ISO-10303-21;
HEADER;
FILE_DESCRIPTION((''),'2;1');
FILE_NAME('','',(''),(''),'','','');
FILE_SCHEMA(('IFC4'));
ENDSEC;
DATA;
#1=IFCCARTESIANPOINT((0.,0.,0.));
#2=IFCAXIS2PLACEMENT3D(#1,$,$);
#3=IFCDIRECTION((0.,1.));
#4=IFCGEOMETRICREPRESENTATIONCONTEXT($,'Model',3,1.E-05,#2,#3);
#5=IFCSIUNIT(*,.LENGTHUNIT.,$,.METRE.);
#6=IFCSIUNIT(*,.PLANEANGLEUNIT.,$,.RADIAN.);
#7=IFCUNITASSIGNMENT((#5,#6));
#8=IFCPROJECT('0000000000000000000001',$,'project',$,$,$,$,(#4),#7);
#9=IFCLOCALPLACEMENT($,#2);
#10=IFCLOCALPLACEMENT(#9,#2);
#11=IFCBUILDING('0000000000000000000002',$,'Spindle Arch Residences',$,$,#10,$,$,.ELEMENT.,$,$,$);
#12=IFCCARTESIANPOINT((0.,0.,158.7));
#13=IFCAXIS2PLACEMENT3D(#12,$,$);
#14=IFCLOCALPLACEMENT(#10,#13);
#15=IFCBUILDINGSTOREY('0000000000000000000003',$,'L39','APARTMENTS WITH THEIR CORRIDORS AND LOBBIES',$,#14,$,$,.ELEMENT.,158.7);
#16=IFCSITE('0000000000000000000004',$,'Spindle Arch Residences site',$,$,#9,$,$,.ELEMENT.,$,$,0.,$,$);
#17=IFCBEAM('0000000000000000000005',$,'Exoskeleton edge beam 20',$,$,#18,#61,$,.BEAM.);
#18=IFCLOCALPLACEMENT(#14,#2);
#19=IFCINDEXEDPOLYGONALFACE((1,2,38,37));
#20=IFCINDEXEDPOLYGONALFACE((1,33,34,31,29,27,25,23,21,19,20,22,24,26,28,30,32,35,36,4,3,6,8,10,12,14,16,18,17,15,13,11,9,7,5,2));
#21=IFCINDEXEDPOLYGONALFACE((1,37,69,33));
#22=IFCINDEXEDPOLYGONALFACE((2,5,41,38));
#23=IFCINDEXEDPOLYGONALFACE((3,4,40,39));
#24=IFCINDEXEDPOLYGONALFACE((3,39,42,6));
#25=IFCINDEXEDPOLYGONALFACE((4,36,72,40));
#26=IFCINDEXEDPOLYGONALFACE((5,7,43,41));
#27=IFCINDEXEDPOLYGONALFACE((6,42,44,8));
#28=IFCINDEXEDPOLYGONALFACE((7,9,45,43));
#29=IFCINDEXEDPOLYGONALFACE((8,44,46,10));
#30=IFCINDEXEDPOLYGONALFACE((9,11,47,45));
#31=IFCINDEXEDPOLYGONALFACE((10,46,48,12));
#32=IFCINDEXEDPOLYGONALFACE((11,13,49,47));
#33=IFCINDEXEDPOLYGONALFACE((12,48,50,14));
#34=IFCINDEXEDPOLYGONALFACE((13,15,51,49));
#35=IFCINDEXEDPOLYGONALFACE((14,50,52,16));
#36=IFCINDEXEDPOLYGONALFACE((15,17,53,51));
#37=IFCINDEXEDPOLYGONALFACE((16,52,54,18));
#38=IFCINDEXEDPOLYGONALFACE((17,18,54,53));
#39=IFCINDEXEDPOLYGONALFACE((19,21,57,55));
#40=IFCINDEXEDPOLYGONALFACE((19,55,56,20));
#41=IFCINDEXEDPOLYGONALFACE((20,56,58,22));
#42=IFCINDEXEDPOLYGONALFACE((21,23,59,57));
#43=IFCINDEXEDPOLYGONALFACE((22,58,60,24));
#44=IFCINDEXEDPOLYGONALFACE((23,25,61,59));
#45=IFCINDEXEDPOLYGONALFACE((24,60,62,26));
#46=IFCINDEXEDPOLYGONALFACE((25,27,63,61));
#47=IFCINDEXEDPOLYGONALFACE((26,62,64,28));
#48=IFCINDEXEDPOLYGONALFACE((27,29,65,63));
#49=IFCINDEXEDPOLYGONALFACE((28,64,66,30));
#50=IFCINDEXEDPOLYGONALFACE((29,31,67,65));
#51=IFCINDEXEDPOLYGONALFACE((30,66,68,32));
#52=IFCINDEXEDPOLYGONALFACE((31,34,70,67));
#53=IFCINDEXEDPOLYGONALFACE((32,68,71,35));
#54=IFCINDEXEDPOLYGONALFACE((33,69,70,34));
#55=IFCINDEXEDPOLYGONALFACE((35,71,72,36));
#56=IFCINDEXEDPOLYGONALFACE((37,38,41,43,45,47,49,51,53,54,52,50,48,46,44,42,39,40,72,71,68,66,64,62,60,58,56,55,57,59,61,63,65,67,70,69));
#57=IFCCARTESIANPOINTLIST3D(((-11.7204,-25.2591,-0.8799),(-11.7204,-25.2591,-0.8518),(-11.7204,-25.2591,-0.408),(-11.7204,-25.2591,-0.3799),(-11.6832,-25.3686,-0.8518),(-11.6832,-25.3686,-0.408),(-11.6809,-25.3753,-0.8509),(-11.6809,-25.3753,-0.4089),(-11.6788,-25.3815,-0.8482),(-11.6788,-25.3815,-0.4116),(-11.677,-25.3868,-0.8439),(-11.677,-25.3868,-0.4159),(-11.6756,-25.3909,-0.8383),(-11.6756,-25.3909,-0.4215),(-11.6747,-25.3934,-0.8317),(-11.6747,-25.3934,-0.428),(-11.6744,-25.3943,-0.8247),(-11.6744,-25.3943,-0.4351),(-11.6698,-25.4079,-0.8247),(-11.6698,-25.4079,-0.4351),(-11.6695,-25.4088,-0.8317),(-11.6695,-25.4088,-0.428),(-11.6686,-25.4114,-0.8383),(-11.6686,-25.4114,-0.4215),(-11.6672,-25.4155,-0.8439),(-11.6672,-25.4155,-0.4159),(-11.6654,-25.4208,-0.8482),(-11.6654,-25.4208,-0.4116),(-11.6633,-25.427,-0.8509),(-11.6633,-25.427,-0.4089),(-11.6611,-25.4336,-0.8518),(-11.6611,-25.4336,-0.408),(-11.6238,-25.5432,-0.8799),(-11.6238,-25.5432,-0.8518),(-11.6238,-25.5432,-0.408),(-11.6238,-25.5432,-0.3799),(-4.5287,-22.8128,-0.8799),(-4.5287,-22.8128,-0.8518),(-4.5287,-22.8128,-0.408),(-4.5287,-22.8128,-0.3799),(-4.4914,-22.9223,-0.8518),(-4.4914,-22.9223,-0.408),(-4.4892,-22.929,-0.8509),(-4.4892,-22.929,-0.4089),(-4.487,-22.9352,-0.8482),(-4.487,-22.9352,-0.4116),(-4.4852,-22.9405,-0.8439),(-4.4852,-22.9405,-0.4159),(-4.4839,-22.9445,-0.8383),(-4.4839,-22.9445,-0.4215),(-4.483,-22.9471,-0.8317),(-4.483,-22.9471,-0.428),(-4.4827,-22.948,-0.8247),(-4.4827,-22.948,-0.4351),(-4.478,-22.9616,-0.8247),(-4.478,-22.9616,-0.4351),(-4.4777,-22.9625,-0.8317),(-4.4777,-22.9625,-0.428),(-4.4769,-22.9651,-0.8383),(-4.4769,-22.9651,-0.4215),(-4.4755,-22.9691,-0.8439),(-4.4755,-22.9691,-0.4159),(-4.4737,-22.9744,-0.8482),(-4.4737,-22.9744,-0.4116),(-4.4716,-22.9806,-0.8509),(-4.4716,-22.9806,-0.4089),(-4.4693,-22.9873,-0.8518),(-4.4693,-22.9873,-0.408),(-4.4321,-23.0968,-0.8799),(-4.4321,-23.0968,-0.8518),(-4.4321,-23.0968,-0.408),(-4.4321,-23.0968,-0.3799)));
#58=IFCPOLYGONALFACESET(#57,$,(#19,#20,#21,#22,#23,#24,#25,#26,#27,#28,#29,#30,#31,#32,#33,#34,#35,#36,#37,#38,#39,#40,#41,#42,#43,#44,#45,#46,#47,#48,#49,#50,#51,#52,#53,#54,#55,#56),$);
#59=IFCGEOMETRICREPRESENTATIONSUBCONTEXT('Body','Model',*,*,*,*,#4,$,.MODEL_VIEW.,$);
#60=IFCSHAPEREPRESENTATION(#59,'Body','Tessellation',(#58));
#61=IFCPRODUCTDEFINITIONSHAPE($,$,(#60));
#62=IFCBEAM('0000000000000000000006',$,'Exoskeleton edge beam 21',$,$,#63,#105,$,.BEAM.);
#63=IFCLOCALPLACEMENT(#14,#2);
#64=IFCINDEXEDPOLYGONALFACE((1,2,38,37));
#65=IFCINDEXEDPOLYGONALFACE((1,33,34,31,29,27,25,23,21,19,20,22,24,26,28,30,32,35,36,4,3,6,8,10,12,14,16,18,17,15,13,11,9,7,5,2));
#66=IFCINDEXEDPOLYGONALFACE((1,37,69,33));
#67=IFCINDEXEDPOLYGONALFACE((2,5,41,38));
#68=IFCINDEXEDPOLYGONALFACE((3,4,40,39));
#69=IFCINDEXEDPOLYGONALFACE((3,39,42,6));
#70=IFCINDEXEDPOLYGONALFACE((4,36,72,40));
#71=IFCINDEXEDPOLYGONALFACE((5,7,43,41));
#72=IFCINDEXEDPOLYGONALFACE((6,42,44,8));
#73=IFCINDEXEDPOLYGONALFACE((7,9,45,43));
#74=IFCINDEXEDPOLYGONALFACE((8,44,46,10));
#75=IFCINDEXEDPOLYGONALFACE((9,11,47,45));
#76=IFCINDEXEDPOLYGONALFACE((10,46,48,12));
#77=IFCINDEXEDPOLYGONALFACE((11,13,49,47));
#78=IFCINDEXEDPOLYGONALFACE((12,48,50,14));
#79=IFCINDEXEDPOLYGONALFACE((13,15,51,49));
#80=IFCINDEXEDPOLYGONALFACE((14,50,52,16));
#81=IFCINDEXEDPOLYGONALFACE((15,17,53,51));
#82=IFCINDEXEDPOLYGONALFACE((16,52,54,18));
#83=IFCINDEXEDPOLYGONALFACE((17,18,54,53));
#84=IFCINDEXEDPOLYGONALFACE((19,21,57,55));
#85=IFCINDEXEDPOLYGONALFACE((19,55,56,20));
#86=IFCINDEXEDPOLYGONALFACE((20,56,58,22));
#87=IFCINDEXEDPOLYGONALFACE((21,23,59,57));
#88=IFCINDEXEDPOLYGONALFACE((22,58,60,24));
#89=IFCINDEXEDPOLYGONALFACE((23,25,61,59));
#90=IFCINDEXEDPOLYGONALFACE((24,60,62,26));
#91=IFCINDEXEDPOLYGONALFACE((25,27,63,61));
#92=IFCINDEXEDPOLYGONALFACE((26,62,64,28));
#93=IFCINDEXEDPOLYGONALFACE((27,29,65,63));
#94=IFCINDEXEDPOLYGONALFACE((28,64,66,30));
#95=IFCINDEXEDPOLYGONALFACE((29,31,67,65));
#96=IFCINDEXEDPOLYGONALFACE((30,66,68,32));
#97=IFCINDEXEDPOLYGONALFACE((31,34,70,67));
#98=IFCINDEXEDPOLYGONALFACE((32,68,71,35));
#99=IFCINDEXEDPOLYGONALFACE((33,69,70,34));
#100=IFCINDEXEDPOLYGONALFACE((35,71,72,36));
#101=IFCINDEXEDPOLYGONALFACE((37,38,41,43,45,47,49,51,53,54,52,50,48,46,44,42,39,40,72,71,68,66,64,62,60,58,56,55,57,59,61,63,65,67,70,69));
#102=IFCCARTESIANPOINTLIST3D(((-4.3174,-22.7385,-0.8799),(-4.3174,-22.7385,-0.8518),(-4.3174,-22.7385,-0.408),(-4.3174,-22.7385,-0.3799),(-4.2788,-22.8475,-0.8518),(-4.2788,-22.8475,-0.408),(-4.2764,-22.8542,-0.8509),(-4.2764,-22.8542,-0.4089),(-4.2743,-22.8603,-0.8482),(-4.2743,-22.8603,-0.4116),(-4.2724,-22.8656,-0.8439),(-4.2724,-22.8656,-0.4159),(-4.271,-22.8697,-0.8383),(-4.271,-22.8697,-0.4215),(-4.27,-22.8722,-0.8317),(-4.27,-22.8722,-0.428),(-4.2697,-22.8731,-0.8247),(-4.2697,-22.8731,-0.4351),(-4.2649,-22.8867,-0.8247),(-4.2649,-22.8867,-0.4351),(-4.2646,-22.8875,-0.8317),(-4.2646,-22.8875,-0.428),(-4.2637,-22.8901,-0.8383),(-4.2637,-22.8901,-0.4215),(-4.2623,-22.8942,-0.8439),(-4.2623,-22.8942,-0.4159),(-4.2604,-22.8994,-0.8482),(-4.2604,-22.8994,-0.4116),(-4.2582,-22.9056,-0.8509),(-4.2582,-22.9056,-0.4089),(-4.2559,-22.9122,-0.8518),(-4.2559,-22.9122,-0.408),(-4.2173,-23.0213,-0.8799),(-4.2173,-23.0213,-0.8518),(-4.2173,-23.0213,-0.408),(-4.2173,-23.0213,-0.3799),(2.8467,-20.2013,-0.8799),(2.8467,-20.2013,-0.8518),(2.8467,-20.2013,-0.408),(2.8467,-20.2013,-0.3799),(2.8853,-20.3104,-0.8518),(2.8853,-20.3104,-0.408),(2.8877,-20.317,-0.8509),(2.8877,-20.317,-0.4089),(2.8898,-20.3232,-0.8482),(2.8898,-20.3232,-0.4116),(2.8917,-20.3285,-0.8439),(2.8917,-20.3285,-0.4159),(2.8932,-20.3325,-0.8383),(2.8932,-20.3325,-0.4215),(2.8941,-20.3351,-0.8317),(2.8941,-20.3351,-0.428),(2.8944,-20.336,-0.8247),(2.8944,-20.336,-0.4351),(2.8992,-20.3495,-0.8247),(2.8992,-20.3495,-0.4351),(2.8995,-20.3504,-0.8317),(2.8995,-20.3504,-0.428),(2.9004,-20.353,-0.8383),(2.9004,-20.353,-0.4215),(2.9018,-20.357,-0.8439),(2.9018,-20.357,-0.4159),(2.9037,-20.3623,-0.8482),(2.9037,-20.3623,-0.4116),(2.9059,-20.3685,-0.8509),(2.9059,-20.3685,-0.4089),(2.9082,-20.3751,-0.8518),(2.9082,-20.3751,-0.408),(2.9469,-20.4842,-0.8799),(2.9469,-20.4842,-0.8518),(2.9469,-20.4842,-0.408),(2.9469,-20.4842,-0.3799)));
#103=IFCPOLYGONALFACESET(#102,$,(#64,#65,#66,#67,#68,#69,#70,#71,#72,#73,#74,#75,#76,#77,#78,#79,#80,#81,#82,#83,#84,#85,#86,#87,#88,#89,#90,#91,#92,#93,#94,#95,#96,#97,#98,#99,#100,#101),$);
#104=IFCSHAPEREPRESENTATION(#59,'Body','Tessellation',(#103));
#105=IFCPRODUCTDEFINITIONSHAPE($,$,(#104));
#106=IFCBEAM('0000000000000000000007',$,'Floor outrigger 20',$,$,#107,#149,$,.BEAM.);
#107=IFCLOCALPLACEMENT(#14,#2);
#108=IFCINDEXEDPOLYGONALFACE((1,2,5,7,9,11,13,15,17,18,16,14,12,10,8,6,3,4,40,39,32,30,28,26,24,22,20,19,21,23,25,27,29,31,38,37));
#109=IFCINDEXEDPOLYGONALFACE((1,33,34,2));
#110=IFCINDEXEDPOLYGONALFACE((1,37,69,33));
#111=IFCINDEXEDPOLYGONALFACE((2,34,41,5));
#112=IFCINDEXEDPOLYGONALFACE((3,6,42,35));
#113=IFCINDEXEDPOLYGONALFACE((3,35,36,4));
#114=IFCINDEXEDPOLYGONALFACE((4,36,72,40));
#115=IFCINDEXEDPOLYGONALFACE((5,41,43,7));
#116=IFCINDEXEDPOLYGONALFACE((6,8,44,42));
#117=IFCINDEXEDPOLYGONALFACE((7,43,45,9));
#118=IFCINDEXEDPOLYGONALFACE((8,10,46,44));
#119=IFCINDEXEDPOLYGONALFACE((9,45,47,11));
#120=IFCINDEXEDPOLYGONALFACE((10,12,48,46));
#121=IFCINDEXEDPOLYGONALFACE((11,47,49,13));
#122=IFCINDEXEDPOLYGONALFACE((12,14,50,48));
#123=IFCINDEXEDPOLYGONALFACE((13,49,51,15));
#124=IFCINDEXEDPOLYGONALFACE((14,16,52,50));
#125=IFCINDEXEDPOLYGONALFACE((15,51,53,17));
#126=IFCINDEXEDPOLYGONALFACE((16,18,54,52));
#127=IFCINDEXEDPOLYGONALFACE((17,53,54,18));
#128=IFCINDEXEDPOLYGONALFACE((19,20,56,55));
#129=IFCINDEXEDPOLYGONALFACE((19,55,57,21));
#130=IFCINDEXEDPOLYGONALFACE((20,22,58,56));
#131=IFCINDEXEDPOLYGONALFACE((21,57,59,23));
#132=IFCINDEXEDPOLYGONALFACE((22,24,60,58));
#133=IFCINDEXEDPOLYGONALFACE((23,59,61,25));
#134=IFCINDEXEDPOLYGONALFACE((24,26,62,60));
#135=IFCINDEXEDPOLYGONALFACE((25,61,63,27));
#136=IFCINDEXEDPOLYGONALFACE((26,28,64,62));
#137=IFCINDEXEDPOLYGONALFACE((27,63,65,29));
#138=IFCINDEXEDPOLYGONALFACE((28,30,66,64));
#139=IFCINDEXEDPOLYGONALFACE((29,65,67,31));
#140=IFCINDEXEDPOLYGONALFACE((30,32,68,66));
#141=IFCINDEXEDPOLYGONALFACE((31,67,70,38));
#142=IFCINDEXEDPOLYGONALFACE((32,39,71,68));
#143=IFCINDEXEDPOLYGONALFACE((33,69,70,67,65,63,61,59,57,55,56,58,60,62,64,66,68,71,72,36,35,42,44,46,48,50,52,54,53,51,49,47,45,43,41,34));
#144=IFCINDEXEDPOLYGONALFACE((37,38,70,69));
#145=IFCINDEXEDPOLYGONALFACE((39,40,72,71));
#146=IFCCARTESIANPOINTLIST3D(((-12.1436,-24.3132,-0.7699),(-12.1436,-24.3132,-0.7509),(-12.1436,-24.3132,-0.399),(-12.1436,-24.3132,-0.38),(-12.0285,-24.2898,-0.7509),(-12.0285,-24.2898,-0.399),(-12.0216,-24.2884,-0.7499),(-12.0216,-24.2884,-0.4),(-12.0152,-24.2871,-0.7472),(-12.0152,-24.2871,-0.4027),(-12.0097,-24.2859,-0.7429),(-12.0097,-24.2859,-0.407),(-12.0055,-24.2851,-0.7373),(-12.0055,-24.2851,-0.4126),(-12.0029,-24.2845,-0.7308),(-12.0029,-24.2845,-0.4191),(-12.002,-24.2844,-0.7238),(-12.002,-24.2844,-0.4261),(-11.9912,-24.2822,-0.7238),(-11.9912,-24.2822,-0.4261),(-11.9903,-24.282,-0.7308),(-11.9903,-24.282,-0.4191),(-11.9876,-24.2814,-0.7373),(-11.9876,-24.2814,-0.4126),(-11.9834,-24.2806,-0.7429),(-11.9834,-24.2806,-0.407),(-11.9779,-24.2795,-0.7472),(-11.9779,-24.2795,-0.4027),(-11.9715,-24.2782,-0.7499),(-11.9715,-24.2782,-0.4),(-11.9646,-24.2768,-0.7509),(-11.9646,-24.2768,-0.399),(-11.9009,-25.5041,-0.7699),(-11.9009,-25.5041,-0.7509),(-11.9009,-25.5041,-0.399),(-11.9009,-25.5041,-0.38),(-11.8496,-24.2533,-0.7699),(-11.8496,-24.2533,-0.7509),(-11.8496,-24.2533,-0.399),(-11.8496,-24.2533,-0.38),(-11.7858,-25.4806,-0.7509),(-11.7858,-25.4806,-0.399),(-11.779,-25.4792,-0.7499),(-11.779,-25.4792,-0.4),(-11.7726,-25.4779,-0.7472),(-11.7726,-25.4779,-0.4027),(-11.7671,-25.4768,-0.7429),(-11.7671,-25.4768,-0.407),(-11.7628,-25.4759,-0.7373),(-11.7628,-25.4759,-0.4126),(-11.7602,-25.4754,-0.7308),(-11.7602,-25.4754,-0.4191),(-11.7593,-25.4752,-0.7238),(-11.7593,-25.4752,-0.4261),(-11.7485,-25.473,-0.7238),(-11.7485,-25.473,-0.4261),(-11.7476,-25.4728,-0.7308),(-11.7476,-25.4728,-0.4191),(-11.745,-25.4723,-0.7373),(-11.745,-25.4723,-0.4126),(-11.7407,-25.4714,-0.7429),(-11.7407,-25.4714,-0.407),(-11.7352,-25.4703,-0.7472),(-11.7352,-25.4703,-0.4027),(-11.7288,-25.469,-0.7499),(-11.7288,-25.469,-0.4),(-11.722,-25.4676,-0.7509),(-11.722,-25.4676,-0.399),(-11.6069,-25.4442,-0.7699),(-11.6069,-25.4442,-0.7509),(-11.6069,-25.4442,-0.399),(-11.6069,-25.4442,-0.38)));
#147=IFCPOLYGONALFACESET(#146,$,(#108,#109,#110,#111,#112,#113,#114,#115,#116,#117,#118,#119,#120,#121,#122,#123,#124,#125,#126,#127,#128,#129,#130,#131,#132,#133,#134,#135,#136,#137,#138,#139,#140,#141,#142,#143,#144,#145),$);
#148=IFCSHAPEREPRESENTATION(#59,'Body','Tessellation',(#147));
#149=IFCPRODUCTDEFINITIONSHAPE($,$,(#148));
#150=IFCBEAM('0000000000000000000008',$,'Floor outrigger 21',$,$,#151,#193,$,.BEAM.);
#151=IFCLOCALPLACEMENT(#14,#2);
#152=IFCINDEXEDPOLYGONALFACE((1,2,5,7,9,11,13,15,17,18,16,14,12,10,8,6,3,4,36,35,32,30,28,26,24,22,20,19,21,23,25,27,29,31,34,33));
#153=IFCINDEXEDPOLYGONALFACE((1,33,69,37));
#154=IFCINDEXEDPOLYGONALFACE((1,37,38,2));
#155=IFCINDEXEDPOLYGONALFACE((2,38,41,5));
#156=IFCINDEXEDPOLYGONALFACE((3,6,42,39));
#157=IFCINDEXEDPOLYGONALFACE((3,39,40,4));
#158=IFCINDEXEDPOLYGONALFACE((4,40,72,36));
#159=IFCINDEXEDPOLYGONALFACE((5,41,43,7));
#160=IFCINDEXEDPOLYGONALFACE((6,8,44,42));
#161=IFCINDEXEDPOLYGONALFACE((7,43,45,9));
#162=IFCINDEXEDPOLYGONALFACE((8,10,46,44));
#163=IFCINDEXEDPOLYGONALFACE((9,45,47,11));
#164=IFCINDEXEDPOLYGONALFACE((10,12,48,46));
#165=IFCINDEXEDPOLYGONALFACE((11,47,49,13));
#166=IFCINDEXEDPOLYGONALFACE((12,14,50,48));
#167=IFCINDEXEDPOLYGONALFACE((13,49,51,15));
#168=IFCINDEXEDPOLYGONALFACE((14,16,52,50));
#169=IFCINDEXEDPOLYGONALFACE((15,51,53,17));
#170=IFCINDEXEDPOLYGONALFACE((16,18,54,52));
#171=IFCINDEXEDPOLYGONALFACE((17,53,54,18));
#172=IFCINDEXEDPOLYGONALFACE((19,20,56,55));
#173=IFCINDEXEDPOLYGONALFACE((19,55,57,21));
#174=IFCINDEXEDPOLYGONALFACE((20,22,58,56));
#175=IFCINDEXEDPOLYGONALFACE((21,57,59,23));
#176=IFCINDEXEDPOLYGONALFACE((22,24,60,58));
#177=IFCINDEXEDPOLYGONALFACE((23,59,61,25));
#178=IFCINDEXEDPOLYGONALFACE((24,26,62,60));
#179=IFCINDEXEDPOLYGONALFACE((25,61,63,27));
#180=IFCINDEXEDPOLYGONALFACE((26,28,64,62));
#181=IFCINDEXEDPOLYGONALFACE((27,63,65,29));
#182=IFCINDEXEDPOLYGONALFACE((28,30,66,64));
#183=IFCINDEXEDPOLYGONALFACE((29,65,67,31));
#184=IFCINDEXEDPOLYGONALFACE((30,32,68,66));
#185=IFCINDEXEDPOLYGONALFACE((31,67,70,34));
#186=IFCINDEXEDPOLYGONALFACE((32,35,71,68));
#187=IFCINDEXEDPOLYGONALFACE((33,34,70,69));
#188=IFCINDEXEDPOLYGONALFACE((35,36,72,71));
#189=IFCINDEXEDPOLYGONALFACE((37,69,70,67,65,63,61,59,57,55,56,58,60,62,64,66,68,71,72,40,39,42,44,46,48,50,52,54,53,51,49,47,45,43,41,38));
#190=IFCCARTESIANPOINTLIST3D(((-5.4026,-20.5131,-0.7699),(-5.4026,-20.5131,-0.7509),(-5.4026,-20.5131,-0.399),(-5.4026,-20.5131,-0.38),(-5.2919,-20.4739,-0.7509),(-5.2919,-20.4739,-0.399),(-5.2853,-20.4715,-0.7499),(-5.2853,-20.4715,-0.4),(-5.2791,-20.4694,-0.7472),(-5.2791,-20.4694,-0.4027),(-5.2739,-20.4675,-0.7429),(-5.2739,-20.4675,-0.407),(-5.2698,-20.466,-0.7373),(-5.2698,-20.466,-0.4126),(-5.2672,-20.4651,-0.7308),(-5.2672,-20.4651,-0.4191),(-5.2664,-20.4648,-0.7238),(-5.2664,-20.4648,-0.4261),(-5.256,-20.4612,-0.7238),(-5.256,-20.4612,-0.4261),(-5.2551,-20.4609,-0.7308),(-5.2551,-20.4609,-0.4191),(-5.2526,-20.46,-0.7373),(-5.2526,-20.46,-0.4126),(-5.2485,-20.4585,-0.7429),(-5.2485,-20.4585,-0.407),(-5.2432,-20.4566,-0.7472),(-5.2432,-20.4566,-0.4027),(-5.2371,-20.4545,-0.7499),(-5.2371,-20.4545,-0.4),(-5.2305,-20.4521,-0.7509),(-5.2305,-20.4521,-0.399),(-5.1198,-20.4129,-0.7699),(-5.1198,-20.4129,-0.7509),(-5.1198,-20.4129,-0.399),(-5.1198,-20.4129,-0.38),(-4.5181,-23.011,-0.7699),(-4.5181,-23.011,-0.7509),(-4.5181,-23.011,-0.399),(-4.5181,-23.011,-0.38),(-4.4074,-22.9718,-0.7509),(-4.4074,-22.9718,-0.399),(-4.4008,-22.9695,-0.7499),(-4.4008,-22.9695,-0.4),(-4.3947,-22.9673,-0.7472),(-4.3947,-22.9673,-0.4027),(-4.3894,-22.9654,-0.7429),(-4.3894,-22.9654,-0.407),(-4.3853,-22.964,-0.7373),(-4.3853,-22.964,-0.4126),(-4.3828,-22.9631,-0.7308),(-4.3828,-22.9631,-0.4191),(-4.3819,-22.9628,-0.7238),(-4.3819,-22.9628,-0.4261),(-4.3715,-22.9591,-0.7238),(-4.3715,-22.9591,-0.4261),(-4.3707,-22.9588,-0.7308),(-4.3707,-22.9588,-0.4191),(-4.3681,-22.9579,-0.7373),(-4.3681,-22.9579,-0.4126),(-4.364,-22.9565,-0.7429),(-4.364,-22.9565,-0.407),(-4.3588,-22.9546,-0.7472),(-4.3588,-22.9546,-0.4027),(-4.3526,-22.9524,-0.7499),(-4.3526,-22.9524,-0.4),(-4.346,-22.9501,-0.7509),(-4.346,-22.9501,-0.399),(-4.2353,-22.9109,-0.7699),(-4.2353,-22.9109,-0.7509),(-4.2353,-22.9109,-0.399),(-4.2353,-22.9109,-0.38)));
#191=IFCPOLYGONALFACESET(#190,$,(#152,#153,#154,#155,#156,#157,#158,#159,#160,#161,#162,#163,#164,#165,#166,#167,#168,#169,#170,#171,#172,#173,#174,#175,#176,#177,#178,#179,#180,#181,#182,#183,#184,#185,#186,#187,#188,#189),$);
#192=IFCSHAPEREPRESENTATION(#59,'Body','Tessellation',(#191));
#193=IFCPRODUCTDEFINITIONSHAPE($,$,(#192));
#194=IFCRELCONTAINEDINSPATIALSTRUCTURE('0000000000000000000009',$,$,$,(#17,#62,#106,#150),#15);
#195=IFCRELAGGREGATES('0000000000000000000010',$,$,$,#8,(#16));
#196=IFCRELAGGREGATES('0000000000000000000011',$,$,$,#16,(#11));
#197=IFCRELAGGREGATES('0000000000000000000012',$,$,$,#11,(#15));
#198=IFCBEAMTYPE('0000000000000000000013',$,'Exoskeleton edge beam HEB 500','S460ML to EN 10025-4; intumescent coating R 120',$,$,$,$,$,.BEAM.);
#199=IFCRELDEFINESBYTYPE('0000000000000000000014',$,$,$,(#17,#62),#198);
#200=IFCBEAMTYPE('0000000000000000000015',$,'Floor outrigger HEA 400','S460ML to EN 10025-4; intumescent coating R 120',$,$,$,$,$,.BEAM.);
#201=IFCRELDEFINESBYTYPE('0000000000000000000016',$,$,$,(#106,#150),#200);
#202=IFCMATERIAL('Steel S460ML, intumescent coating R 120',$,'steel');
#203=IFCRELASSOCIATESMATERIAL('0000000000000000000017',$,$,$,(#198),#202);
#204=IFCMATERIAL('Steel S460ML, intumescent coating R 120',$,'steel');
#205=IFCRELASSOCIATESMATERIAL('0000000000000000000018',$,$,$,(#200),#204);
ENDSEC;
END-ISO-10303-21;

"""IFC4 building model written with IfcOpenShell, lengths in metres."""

from ifc_helpers import new_model, si_unit, direction, frame, origin, origin_2d, place, context, subcontext, project, spatial, i_section, extrude, material, material_profile, profile_set, type_object, element, save


model = new_model("IFC4")

# Units and contexts
model_context = context("Model", 3, precision=1e-05, world=origin(), true_north=direction((0.0, 1.0)))
body_context = subcontext(model_context, "Body", "Model", "MODEL_VIEW")
ifc_project = project(units=[si_unit("LENGTHUNIT", "METRE"), si_unit("PLANEANGLEUNIT", "RADIAN")], contexts=[model_context])

# Site, building, storey
site_placement = place(None, origin())
site = spatial("IfcSite", under=ifc_project, at=site_placement, Name="Spindle Arch Residences site", CompositionType="ELEMENT", RefElevation=0.0)
building_placement = place(site_placement, origin())
building = spatial("IfcBuilding", under=site, at=building_placement, Name="Spindle Arch Residences", CompositionType="ELEMENT")
storey_placement = place(building_placement, frame((0.0, 0.0, 158.7)))
storey = spatial("IfcBuildingStorey", under=building, at=storey_placement, Name="L39", Description="APARTMENTS WITH THEIR CORRIDORS AND LOBBIES", CompositionType="ELEMENT", Elevation=158.7)

# Beams
ifc_material_1 = material(Name="Steel S460ML, intumescent coating R 120", Category="steel")
ifc_material_profile_1 = material_profile(ifc_material_1, i_section(OverallWidth=0.3, OverallDepth=0.5, WebThickness=0.0144, FlangeThickness=0.0281, FilletRadius=0.0271, at=origin_2d()), Name="HEB 500")
ifc_profile_set_1 = profile_set([ifc_material_profile_1], Name="Steel S460ML, intumescent coating R 120")
beam_type_1 = type_object("IfcBeamType", Name="Exoskeleton edge beam HEB 500", Description="S460ML to EN 10025-4; intumescent coating R 120", PredefinedType="BEAM", material=ifc_profile_set_1)
beam_1_placement = place(storey_placement, frame((-11.6721, -25.4011, -0.6299), z_axis=(0.946727, 0.322036, 0.0), x_axis=(-0.322036, 0.946727, 0.0)))
element("IfcBeam", 1, at=beam_1_placement, inside=storey, type_object=beam_type_1, Name="Exoskeleton edge beam 20", PredefinedType="BEAM", context=body_context, shape_type="SweptSolid", body=[
    extrude(i_section(OverallWidth=0.3, OverallDepth=0.5, WebThickness=0.0144, FlangeThickness=0.0281, FilletRadius=0.0271, at=origin_2d()), origin(), (0.0, 0.0, 1.0), 7.5964),
])
beam_2_placement = place(storey_placement, frame((-4.2673, -22.8799, -0.6299), z_axis=(0.942634, 0.333828, 0.0), x_axis=(-0.333828, 0.942634, 0.0)))
element("IfcBeam", 2, at=beam_2_placement, inside=storey, type_object=beam_type_1, Name="Exoskeleton edge beam 21", PredefinedType="BEAM", context=body_context, shape_type="SweptSolid", body=[
    extrude(i_section(OverallWidth=0.3, OverallDepth=0.5, WebThickness=0.0144, FlangeThickness=0.0281, FilletRadius=0.0271, at=origin_2d()), origin(), (0.0, 0.0, 1.0), 7.6001),
])
ifc_material_2 = material(Name="Steel S460ML, intumescent coating R 120", Category="steel")
ifc_material_profile_2 = material_profile(ifc_material_2, i_section(OverallWidth=0.3, OverallDepth=0.3899, WebThickness=0.011, FlangeThickness=0.019, FilletRadius=0.0271, at=origin_2d()), Name="HEA 400")
ifc_profile_set_2 = profile_set([ifc_material_profile_2], Name="Steel S460ML, intumescent coating R 120")
beam_type_2 = type_object("IfcBeamType", Name="Floor outrigger HEA 400", Description="S460ML to EN 10025-4; intumescent coating R 120", PredefinedType="BEAM", material=ifc_profile_set_2)
beam_3_placement = place(storey_placement, frame((-11.7539, -25.4741, -0.575), z_axis=(-0.199669, 0.979863, 0.0), x_axis=(-0.979863, -0.199669, 0.0)))
element("IfcBeam", 3, at=beam_3_placement, inside=storey, type_object=beam_type_2, Name="Floor outrigger 20", PredefinedType="BEAM", context=body_context, shape_type="SweptSolid", body=[
    extrude(i_section(OverallWidth=0.3, OverallDepth=0.3899, WebThickness=0.011, FlangeThickness=0.019, FilletRadius=0.0271, at=origin_2d()), origin(), (0.0, 0.0, 1.0), 1.2153),
])
beam_4_placement = place(storey_placement, frame((-4.3767, -22.9609, -0.575), z_axis=(-0.333779, 0.942651, 0.0), x_axis=(-0.942651, -0.333779, 0.0)))
element("IfcBeam", 4, at=beam_4_placement, inside=storey, type_object=beam_type_2, Name="Floor outrigger 21", PredefinedType="BEAM", context=body_context, shape_type="SweptSolid", body=[
    extrude(i_section(OverallWidth=0.3, OverallDepth=0.3899, WebThickness=0.011, FlangeThickness=0.019, FilletRadius=0.0271, at=origin_2d()), origin(), (0.0, 0.0, 1.0), 2.6499),
])

save(model, "model.ifc")
